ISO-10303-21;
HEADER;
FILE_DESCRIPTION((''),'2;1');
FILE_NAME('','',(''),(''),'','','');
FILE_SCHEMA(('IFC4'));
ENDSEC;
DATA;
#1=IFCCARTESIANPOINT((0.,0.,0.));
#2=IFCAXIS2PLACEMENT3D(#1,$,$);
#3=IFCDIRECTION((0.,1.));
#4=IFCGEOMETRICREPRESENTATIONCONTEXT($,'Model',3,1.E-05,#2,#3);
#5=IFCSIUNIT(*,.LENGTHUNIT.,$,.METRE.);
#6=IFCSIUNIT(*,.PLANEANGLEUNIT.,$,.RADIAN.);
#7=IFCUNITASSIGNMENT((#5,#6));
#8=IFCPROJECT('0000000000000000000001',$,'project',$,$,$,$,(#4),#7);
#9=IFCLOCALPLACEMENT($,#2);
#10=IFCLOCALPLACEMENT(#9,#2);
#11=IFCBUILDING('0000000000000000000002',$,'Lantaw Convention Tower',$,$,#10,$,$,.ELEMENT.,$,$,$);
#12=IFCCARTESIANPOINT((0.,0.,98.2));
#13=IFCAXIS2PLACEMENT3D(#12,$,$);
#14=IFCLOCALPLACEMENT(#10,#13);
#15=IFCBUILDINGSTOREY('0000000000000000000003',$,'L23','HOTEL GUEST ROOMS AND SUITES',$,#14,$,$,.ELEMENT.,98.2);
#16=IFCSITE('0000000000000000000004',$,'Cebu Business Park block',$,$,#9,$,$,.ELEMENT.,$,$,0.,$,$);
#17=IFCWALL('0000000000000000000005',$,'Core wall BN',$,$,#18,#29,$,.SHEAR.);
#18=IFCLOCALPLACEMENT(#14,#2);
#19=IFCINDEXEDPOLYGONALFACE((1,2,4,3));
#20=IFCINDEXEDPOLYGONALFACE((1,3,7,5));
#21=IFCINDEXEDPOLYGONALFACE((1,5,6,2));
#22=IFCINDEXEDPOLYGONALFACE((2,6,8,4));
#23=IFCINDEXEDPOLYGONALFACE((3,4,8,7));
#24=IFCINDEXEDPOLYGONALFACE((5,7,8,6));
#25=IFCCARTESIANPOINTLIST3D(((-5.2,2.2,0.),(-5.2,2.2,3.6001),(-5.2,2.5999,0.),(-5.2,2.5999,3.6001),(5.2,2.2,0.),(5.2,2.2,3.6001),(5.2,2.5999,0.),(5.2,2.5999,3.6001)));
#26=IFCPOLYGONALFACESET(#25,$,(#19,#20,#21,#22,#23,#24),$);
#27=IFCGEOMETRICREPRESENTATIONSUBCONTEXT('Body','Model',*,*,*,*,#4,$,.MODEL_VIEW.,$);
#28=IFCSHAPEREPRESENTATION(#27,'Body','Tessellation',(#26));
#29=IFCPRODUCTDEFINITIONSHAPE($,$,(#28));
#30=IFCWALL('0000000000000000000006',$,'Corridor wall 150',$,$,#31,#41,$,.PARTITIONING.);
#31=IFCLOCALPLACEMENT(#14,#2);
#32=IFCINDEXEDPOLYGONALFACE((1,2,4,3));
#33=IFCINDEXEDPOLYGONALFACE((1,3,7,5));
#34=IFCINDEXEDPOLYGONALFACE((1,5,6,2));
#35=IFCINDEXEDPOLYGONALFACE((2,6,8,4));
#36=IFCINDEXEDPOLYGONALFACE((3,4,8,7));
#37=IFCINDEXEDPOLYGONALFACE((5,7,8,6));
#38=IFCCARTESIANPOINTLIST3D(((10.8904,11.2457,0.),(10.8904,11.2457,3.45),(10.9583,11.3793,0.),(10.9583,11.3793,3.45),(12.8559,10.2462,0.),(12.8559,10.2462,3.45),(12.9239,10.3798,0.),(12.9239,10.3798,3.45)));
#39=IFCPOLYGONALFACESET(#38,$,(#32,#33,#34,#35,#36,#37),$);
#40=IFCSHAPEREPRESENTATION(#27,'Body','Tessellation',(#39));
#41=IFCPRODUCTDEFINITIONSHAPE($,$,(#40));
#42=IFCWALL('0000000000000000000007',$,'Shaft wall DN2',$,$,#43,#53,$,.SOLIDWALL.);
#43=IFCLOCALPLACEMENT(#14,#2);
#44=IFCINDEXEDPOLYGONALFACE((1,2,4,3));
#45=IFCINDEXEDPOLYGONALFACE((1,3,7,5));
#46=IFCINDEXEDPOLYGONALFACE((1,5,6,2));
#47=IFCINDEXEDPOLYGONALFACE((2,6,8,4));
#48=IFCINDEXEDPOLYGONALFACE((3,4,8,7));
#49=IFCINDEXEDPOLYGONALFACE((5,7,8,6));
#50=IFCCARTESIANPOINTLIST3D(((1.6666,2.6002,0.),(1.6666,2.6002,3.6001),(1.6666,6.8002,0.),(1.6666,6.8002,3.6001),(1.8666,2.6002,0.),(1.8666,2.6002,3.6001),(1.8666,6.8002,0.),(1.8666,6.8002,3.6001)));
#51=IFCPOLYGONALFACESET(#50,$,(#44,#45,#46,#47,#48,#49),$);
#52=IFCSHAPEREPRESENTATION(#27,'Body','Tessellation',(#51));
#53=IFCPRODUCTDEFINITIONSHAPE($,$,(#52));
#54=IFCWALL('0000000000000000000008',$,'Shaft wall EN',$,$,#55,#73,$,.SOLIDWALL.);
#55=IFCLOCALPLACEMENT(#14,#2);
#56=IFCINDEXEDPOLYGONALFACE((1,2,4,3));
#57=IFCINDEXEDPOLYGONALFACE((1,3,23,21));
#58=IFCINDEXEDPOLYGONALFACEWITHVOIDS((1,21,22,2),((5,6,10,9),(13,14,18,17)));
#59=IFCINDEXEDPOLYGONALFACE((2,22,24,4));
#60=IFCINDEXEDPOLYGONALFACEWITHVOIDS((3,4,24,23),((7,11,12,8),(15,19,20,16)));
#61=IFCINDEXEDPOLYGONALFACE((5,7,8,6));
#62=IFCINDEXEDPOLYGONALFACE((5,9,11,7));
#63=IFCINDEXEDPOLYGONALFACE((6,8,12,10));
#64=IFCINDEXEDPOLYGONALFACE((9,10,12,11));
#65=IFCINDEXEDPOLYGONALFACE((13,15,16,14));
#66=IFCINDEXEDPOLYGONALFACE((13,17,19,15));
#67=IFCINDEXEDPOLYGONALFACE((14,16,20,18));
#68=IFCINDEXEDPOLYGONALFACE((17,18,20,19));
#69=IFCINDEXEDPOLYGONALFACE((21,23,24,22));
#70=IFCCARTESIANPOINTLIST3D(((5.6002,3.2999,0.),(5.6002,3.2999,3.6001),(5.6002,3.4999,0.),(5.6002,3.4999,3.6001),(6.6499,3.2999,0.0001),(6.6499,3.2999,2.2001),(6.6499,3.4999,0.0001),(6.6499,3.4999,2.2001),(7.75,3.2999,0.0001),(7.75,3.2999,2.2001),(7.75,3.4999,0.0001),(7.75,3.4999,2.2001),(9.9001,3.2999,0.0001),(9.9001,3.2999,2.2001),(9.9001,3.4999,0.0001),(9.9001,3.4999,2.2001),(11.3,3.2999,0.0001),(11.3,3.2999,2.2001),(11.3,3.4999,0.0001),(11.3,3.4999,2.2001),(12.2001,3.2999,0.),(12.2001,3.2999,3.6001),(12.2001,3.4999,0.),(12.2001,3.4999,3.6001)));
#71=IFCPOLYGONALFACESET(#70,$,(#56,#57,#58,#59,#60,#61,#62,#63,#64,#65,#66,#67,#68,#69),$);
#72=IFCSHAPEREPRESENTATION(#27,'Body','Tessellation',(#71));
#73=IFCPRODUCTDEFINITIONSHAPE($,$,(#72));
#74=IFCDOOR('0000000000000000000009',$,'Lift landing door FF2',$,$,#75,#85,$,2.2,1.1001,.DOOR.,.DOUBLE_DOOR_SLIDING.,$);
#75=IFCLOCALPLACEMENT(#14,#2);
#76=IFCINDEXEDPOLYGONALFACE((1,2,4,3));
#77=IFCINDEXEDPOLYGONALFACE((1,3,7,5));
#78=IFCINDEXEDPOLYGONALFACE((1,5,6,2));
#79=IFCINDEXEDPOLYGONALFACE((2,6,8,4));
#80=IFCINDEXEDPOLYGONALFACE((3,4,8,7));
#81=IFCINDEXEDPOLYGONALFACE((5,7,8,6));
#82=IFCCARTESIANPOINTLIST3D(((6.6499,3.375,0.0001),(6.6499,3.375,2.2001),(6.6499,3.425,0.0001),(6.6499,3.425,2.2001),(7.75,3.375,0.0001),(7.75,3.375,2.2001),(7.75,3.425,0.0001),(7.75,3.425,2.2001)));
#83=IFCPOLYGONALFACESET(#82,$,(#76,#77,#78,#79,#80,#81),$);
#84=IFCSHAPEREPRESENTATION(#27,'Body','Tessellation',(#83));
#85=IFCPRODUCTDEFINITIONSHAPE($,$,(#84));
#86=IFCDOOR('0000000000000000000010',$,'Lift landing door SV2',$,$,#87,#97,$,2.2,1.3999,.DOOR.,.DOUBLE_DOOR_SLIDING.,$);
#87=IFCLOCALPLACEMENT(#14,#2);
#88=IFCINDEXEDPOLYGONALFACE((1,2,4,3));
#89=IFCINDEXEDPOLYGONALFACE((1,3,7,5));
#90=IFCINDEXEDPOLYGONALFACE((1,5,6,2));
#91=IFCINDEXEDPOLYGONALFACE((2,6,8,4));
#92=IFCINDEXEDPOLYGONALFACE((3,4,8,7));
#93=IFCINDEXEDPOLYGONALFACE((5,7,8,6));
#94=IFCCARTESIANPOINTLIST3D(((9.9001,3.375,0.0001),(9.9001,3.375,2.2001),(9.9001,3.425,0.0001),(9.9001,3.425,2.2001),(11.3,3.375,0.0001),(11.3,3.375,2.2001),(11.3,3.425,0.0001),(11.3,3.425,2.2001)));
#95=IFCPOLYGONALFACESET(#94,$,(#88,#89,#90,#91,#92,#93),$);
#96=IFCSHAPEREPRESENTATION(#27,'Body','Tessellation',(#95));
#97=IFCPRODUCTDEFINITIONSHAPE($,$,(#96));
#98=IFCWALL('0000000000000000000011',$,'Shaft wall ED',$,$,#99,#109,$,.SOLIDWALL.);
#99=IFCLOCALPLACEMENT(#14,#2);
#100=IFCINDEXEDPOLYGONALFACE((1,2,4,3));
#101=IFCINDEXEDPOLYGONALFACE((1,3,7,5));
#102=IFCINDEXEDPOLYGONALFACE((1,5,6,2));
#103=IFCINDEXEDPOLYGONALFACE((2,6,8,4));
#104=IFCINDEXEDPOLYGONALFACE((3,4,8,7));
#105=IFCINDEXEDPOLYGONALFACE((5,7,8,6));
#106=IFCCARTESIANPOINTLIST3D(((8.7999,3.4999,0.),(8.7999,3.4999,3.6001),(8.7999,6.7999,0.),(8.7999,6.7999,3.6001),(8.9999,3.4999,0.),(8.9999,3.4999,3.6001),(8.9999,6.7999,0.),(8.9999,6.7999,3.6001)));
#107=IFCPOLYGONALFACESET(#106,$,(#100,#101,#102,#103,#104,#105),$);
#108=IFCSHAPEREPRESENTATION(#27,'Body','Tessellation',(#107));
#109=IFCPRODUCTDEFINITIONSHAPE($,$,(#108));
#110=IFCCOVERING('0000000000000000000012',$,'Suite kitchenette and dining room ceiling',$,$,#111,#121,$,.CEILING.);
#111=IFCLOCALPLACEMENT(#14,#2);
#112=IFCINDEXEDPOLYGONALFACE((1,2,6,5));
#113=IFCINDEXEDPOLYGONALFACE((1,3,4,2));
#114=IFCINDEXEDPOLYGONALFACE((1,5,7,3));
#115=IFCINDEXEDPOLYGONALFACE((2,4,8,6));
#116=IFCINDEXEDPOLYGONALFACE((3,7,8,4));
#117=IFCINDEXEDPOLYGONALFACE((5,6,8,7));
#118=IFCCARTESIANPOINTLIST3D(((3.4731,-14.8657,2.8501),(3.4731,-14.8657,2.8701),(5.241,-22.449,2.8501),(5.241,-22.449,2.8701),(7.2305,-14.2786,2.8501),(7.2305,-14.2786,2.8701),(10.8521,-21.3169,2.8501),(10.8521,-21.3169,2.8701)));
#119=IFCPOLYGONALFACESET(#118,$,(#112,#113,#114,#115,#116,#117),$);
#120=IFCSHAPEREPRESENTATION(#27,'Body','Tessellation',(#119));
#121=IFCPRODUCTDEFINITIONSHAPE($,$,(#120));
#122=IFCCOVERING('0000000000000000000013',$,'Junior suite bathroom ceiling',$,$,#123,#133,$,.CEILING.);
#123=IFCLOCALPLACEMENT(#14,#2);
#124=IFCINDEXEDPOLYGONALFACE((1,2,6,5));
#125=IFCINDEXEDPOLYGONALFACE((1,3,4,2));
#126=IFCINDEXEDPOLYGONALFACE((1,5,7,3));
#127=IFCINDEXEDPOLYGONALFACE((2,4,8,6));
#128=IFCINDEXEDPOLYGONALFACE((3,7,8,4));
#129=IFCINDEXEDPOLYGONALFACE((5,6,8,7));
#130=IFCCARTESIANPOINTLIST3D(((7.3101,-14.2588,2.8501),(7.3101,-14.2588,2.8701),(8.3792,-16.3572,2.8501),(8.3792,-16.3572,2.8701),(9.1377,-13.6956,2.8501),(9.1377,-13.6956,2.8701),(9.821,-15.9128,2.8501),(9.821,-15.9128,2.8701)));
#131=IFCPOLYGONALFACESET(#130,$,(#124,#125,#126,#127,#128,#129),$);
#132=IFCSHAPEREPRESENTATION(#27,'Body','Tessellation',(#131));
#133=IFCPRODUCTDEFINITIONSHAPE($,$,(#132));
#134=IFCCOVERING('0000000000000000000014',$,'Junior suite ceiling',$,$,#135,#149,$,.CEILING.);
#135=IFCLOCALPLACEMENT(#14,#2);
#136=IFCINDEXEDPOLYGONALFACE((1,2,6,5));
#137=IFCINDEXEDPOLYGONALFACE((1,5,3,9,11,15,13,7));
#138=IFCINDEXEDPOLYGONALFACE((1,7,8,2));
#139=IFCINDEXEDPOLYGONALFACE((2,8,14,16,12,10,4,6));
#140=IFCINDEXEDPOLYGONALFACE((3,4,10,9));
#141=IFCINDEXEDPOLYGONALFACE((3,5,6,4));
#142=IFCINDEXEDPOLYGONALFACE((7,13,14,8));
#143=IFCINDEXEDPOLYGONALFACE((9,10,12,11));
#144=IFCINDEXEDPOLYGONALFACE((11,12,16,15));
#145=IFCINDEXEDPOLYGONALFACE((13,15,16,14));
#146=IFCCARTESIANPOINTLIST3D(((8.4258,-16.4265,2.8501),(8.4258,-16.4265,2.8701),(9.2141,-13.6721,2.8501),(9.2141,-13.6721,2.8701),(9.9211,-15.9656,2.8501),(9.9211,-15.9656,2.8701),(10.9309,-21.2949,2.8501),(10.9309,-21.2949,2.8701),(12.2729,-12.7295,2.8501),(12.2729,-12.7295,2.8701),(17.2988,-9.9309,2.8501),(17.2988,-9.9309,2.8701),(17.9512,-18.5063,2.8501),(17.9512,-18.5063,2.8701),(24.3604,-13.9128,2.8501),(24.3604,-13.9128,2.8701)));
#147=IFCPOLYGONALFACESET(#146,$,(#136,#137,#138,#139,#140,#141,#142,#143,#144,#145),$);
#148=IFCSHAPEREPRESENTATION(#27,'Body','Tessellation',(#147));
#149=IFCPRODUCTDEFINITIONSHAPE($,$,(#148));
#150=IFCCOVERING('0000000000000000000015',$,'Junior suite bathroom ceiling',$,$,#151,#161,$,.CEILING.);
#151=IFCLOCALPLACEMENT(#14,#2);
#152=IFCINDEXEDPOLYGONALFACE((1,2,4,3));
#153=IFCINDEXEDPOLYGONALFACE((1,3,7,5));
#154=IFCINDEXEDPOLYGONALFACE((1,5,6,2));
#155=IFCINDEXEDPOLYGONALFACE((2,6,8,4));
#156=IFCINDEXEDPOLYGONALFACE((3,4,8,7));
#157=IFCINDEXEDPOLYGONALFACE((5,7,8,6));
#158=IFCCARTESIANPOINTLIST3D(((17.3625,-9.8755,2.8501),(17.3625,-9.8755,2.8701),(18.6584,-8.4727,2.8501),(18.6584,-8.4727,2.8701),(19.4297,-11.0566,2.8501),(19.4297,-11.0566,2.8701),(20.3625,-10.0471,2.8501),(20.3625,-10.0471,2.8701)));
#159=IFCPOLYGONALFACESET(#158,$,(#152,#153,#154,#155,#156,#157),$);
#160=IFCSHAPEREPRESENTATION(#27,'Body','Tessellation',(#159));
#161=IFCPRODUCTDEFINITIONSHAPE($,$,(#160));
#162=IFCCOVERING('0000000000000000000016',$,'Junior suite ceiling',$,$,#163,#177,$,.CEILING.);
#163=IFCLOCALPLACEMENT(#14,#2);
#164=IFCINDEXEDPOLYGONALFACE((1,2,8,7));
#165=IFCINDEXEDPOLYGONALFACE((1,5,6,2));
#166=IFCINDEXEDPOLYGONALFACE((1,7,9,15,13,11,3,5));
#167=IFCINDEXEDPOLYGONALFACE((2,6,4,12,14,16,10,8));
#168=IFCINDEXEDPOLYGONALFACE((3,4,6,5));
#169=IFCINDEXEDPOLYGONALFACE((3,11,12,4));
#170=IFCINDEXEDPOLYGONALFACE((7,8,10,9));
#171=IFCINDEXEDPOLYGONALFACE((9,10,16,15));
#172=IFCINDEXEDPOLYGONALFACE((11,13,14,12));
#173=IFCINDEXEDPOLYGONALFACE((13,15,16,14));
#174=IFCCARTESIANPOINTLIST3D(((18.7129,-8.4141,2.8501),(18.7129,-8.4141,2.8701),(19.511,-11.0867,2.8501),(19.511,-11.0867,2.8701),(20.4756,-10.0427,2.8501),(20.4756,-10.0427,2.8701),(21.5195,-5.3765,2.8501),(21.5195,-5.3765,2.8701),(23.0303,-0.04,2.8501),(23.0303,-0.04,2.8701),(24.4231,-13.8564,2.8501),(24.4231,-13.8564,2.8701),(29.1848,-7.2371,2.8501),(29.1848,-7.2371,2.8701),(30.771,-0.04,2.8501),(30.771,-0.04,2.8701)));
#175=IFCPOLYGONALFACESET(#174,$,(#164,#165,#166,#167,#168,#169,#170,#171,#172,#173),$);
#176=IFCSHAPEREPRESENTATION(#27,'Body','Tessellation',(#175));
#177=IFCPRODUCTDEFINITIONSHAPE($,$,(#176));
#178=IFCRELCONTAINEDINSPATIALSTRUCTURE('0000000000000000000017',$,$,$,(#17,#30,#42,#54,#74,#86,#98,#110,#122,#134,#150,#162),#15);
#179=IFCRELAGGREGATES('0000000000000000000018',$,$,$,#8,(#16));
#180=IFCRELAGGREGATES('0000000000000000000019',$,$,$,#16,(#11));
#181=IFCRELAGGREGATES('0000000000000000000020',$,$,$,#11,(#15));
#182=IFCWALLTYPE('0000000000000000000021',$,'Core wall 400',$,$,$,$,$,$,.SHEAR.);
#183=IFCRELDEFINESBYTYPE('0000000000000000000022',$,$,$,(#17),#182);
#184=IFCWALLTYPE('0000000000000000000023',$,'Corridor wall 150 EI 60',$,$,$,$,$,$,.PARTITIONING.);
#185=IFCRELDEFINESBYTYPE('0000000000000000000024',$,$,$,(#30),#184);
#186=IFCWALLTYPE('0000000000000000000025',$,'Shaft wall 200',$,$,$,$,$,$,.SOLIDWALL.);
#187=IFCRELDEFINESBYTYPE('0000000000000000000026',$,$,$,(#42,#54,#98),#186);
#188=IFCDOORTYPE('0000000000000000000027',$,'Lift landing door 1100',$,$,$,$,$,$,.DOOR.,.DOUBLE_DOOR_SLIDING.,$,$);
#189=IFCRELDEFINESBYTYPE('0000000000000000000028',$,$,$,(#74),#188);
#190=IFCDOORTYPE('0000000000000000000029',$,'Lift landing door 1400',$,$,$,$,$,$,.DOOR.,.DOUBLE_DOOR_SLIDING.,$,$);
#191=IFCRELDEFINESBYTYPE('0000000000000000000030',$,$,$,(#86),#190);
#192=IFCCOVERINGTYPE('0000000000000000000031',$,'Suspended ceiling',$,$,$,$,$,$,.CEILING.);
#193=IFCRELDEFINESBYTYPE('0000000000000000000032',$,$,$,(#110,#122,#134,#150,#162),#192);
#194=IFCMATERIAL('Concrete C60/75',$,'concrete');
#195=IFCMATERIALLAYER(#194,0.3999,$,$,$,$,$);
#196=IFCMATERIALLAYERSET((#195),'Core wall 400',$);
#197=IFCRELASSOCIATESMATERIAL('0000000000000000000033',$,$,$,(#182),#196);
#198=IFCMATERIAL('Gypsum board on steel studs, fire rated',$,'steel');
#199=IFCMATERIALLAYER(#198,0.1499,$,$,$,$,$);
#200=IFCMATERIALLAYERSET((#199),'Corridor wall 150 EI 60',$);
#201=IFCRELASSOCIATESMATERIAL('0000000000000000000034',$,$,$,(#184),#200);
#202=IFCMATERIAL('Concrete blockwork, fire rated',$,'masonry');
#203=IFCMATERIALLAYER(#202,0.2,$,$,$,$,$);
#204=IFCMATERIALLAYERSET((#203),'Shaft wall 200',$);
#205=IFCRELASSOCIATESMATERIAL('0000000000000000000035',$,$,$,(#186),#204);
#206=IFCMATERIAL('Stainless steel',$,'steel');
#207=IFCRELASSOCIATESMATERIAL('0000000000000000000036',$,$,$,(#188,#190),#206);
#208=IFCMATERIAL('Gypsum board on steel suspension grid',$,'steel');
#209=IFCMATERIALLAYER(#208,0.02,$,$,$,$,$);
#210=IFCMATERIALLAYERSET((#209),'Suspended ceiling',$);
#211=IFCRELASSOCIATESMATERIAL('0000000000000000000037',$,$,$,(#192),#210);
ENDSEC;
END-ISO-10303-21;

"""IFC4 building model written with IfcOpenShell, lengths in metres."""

from ifc_helpers import new_model, si_unit, direction, frame, frame_2d, origin, place, context, subcontext, project, spatial, polyline, rectangle, outline, extrude, material, layer, layer_set, type_object, element, fill, save


model = new_model("IFC4")

# Units and contexts
model_context = context("Model", 3, precision=1e-05, world=origin(), true_north=direction((0.0, 1.0)))
body_context = subcontext(model_context, "Body", "Model", "MODEL_VIEW")
ifc_project = project(units=[si_unit("LENGTHUNIT", "METRE"), si_unit("PLANEANGLEUNIT", "RADIAN")], contexts=[model_context])

# Site, building, storey
site_placement = place(None, origin())
site = spatial("IfcSite", under=ifc_project, at=site_placement, Name="Cebu Business Park block", CompositionType="ELEMENT", RefElevation=0.0)
building_placement = place(site_placement, origin())
building = spatial("IfcBuilding", under=site, at=building_placement, Name="Lantaw Convention Tower", CompositionType="ELEMENT")
storey_placement = place(building_placement, frame((0.0, 0.0, 98.2)))
storey = spatial("IfcBuildingStorey", under=building, at=storey_placement, Name="L23", Description="HOTEL GUEST ROOMS AND SUITES", CompositionType="ELEMENT", Elevation=98.2)

# Walls
ifc_material_1 = material(Name="Concrete C60/75", Category="concrete")
ifc_layer_1 = layer(ifc_material_1, 0.3999)
ifc_layer_set_1 = layer_set([ifc_layer_1], Name="Core wall 400")
wall_type_1 = type_object("IfcWallType", Name="Core wall 400", PredefinedType="SHEAR", material=ifc_layer_set_1)
wall_1_placement = place(storey_placement, frame((5.2, 2.3999, 0.0), z_axis=(0.0, 0.0, 1.0), x_axis=(-1.0, 0.0, 0.0)))
element("IfcWall", 1, at=wall_1_placement, inside=storey, type_object=wall_type_1, Name="Core wall BN", PredefinedType="SHEAR", context=body_context, shape_type="SweptSolid", body=[
    extrude(rectangle(XDim=10.3999, YDim=0.3999, at=frame_2d((5.2, 0.0))), origin(), (0.0, 0.0, 1.0), 3.6001),
])
ifc_material_2 = material(Name="Gypsum board on steel studs, fire rated", Category="steel")
ifc_layer_2 = layer(ifc_material_2, 0.1499)
ifc_layer_set_2 = layer_set([ifc_layer_2], Name="Corridor wall 150 EI 60")
wall_type_2 = type_object("IfcWallType", Name="Corridor wall 150 EI 60", PredefinedType="PARTITIONING", material=ifc_layer_set_2)
wall_2_placement = place(storey_placement, frame((12.8899, 10.313, 0.0), z_axis=(0.0, 0.0, 1.0), x_axis=(-0.891373, 0.453271, 0.0)))
element("IfcWall", 2, at=wall_2_placement, inside=storey, type_object=wall_type_2, Name="Corridor wall 150", PredefinedType="PARTITIONING", context=body_context, shape_type="SweptSolid", body=[
    extrude(rectangle(XDim=2.2051, YDim=0.1499, at=frame_2d((1.1025, 0.0))), origin(), (0.0, 0.0, 1.0), 3.45),
])
ifc_material_3 = material(Name="Concrete blockwork, fire rated", Category="masonry")
ifc_layer_3 = layer(ifc_material_3, 0.2)
ifc_layer_set_3 = layer_set([ifc_layer_3], Name="Shaft wall 200")
wall_type_3 = type_object("IfcWallType", Name="Shaft wall 200", PredefinedType="SOLIDWALL", material=ifc_layer_set_3)
wall_3_placement = place(storey_placement, frame((1.7666, 2.6001, 0.0), z_axis=(0.0, 0.0, 1.0), x_axis=(0.0, 1.0, 0.0)))
element("IfcWall", 3, at=wall_3_placement, inside=storey, type_object=wall_type_3, Name="Shaft wall DN2", PredefinedType="SOLIDWALL", context=body_context, shape_type="SweptSolid", body=[
    extrude(rectangle(XDim=4.2, YDim=0.2, at=frame_2d((2.1001, 0.0))), origin(), (0.0, 0.0, 1.0), 3.6001),
])

# Wall, openings, doors
wall_4_placement = place(storey_placement, frame((12.2, 3.3999, 0.0), z_axis=(0.0, 0.0, 1.0), x_axis=(-1.0, 0.0, 0.0)))
wall_4 = element("IfcWall", 4, at=wall_4_placement, inside=storey, type_object=wall_type_3, Name="Shaft wall EN", PredefinedType="SOLIDWALL", context=body_context, shape_type="SweptSolid", body=[
    extrude(rectangle(XDim=6.5999, YDim=0.2, at=frame_2d((3.2998, 0.0))), origin(), (0.0, 0.0, 1.0), 3.6001),
])
opening_1_placement = place(wall_4_placement, frame((4.45, 0.0, 0.0)))
opening_1 = element("IfcOpeningElement", 5, at=opening_1_placement, cuts=wall_4, PredefinedType="OPENING", context=body_context, shape_type="SweptSolid", body=[
    extrude(rectangle(XDim=1.1001, YDim=2.2, at=frame_2d((0.55, 1.1001))), frame((0.0, 0.1099, 0.0), z_axis=(0.0, -1.0, 0.0), x_axis=(1.0, 0.0, 0.0)), (0.0, 0.0, 1.0), 0.22),
])
opening_2_placement = place(wall_4_placement, frame((0.8999, 0.0, 0.0)))
opening_2 = element("IfcOpeningElement", 6, at=opening_2_placement, cuts=wall_4, PredefinedType="OPENING", context=body_context, shape_type="SweptSolid", body=[
    extrude(rectangle(XDim=1.3999, YDim=2.2, at=frame_2d((0.7, 1.1001))), frame((0.0, 0.1099, 0.0), z_axis=(0.0, -1.0, 0.0), x_axis=(1.0, 0.0, 0.0)), (0.0, 0.0, 1.0), 0.22),
])
ifc_material_4 = material(Name="Stainless steel", Category="steel")
door_type_1 = type_object("IfcDoorType", Name="Lift landing door 1100", OperationType="DOUBLE_DOOR_SLIDING", PredefinedType="DOOR", material=ifc_material_4)
door_1_placement = place(opening_1_placement, origin())
door_1 = element("IfcDoor", 7, at=door_1_placement, inside=storey, type_object=door_type_1, Name="Lift landing door FF2", OperationType="DOUBLE_DOOR_SLIDING", OverallHeight=2.2, OverallWidth=1.1001, PredefinedType="DOOR", context=body_context, shape_type="SweptSolid", body=[
    extrude(rectangle(XDim=1.1001, YDim=2.2, at=frame_2d((0.55, 1.1001))), frame((0.0, 0.0249, 0.0), z_axis=(0.0, -1.0, 0.0), x_axis=(1.0, 0.0, 0.0)), (0.0, 0.0, 1.0), 0.05),
])
fill(opening_1, door_1)
door_type_2 = type_object("IfcDoorType", Name="Lift landing door 1400", OperationType="DOUBLE_DOOR_SLIDING", PredefinedType="DOOR", material=ifc_material_4)
door_2_placement = place(opening_2_placement, origin())
door_2 = element("IfcDoor", 8, at=door_2_placement, inside=storey, type_object=door_type_2, Name="Lift landing door SV2", OperationType="DOUBLE_DOOR_SLIDING", OverallHeight=2.2, OverallWidth=1.3999, PredefinedType="DOOR", context=body_context, shape_type="SweptSolid", body=[
    extrude(rectangle(XDim=1.3999, YDim=2.2, at=frame_2d((0.7, 1.1001))), frame((0.0, 0.0249, 0.0), z_axis=(0.0, -1.0, 0.0), x_axis=(1.0, 0.0, 0.0)), (0.0, 0.0, 1.0), 0.05),
])
fill(opening_2, door_2)

# Wall
wall_5_placement = place(storey_placement, frame((8.8999, 3.5, 0.0), z_axis=(0.0, 0.0, 1.0), x_axis=(0.0, 1.0, 0.0)))
element("IfcWall", 9, at=wall_5_placement, inside=storey, type_object=wall_type_3, Name="Shaft wall ED", PredefinedType="SOLIDWALL", context=body_context, shape_type="SweptSolid", body=[
    extrude(rectangle(XDim=3.3, YDim=0.2, at=frame_2d((1.6499, 0.0))), origin(), (0.0, 0.0, 1.0), 3.6001),
])

# Coverings
ifc_material_5 = material(Name="Gypsum board on steel suspension grid", Category="steel")
ifc_layer_4 = layer(ifc_material_5, 0.02)
ifc_layer_set_4 = layer_set([ifc_layer_4], Name="Suspended ceiling")
covering_type = type_object("IfcCoveringType", Name="Suspended ceiling", PredefinedType="CEILING", material=ifc_layer_set_4)
covering_1_placement = place(storey_placement, frame((0.0, 0.0, 2.8501)))
element("IfcCovering", 10, at=covering_1_placement, inside=storey, type_object=covering_type, Name="Suite kitchenette and dining room ceiling", PredefinedType="CEILING", context=body_context, shape_type="SweptSolid", body=[
    extrude(outline(polyline([(3.4731, -14.8657), (5.241, -22.449), (10.8521, -21.3169), (7.2305, -14.2786), (3.4731, -14.8657)])), origin(), (0.0, 0.0, 1.0), 0.02),
])
covering_2_placement = place(storey_placement, frame((0.0, 0.0, 2.8501)))
element("IfcCovering", 11, at=covering_2_placement, inside=storey, type_object=covering_type, Name="Junior suite bathroom ceiling", PredefinedType="CEILING", context=body_context, shape_type="SweptSolid", body=[
    extrude(outline(polyline([(7.3101, -14.2588), (8.3792, -16.3572), (9.821, -15.9128), (9.1377, -13.6956), (7.3101, -14.2588)])), origin(), (0.0, 0.0, 1.0), 0.02),
])
covering_3_placement = place(storey_placement, frame((0.0, 0.0, 2.8501)))
element("IfcCovering", 12, at=covering_3_placement, inside=storey, type_object=covering_type, Name="Junior suite ceiling", PredefinedType="CEILING", context=body_context, shape_type="SweptSolid", body=[
    extrude(outline(polyline([(12.2729, -12.7295), (9.2141, -13.6721), (9.9211, -15.9656), (8.4258, -16.4265), (10.9309, -21.2949), (17.9512, -18.5063), (24.3604, -13.9128), (17.2988, -9.9309), (12.2729, -12.7295)])), origin(), (0.0, 0.0, 1.0), 0.02),
])
covering_4_placement = place(storey_placement, frame((0.0, 0.0, 2.8501)))
element("IfcCovering", 13, at=covering_4_placement, inside=storey, type_object=covering_type, Name="Junior suite bathroom ceiling", PredefinedType="CEILING", context=body_context, shape_type="SweptSolid", body=[
    extrude(outline(polyline([(17.3625, -9.8755), (19.4297, -11.0566), (20.3625, -10.0471), (18.6584, -8.4727), (17.3625, -9.8755)])), origin(), (0.0, 0.0, 1.0), 0.02),
])
covering_5_placement = place(storey_placement, frame((0.0, 0.0, 2.8501)))
element("IfcCovering", 14, at=covering_5_placement, inside=storey, type_object=covering_type, Name="Junior suite ceiling", PredefinedType="CEILING", context=body_context, shape_type="SweptSolid", body=[
    extrude(outline(polyline([(21.5195, -5.3765), (18.7129, -8.4141), (20.4756, -10.0427), (19.511, -11.0867), (24.4231, -13.8564), (29.1848, -7.2371), (30.771, -0.04), (23.0303, -0.04), (21.5195, -5.3765)])), origin(), (0.0, 0.0, 1.0), 0.02),
])

save(model, "model.ifc")
